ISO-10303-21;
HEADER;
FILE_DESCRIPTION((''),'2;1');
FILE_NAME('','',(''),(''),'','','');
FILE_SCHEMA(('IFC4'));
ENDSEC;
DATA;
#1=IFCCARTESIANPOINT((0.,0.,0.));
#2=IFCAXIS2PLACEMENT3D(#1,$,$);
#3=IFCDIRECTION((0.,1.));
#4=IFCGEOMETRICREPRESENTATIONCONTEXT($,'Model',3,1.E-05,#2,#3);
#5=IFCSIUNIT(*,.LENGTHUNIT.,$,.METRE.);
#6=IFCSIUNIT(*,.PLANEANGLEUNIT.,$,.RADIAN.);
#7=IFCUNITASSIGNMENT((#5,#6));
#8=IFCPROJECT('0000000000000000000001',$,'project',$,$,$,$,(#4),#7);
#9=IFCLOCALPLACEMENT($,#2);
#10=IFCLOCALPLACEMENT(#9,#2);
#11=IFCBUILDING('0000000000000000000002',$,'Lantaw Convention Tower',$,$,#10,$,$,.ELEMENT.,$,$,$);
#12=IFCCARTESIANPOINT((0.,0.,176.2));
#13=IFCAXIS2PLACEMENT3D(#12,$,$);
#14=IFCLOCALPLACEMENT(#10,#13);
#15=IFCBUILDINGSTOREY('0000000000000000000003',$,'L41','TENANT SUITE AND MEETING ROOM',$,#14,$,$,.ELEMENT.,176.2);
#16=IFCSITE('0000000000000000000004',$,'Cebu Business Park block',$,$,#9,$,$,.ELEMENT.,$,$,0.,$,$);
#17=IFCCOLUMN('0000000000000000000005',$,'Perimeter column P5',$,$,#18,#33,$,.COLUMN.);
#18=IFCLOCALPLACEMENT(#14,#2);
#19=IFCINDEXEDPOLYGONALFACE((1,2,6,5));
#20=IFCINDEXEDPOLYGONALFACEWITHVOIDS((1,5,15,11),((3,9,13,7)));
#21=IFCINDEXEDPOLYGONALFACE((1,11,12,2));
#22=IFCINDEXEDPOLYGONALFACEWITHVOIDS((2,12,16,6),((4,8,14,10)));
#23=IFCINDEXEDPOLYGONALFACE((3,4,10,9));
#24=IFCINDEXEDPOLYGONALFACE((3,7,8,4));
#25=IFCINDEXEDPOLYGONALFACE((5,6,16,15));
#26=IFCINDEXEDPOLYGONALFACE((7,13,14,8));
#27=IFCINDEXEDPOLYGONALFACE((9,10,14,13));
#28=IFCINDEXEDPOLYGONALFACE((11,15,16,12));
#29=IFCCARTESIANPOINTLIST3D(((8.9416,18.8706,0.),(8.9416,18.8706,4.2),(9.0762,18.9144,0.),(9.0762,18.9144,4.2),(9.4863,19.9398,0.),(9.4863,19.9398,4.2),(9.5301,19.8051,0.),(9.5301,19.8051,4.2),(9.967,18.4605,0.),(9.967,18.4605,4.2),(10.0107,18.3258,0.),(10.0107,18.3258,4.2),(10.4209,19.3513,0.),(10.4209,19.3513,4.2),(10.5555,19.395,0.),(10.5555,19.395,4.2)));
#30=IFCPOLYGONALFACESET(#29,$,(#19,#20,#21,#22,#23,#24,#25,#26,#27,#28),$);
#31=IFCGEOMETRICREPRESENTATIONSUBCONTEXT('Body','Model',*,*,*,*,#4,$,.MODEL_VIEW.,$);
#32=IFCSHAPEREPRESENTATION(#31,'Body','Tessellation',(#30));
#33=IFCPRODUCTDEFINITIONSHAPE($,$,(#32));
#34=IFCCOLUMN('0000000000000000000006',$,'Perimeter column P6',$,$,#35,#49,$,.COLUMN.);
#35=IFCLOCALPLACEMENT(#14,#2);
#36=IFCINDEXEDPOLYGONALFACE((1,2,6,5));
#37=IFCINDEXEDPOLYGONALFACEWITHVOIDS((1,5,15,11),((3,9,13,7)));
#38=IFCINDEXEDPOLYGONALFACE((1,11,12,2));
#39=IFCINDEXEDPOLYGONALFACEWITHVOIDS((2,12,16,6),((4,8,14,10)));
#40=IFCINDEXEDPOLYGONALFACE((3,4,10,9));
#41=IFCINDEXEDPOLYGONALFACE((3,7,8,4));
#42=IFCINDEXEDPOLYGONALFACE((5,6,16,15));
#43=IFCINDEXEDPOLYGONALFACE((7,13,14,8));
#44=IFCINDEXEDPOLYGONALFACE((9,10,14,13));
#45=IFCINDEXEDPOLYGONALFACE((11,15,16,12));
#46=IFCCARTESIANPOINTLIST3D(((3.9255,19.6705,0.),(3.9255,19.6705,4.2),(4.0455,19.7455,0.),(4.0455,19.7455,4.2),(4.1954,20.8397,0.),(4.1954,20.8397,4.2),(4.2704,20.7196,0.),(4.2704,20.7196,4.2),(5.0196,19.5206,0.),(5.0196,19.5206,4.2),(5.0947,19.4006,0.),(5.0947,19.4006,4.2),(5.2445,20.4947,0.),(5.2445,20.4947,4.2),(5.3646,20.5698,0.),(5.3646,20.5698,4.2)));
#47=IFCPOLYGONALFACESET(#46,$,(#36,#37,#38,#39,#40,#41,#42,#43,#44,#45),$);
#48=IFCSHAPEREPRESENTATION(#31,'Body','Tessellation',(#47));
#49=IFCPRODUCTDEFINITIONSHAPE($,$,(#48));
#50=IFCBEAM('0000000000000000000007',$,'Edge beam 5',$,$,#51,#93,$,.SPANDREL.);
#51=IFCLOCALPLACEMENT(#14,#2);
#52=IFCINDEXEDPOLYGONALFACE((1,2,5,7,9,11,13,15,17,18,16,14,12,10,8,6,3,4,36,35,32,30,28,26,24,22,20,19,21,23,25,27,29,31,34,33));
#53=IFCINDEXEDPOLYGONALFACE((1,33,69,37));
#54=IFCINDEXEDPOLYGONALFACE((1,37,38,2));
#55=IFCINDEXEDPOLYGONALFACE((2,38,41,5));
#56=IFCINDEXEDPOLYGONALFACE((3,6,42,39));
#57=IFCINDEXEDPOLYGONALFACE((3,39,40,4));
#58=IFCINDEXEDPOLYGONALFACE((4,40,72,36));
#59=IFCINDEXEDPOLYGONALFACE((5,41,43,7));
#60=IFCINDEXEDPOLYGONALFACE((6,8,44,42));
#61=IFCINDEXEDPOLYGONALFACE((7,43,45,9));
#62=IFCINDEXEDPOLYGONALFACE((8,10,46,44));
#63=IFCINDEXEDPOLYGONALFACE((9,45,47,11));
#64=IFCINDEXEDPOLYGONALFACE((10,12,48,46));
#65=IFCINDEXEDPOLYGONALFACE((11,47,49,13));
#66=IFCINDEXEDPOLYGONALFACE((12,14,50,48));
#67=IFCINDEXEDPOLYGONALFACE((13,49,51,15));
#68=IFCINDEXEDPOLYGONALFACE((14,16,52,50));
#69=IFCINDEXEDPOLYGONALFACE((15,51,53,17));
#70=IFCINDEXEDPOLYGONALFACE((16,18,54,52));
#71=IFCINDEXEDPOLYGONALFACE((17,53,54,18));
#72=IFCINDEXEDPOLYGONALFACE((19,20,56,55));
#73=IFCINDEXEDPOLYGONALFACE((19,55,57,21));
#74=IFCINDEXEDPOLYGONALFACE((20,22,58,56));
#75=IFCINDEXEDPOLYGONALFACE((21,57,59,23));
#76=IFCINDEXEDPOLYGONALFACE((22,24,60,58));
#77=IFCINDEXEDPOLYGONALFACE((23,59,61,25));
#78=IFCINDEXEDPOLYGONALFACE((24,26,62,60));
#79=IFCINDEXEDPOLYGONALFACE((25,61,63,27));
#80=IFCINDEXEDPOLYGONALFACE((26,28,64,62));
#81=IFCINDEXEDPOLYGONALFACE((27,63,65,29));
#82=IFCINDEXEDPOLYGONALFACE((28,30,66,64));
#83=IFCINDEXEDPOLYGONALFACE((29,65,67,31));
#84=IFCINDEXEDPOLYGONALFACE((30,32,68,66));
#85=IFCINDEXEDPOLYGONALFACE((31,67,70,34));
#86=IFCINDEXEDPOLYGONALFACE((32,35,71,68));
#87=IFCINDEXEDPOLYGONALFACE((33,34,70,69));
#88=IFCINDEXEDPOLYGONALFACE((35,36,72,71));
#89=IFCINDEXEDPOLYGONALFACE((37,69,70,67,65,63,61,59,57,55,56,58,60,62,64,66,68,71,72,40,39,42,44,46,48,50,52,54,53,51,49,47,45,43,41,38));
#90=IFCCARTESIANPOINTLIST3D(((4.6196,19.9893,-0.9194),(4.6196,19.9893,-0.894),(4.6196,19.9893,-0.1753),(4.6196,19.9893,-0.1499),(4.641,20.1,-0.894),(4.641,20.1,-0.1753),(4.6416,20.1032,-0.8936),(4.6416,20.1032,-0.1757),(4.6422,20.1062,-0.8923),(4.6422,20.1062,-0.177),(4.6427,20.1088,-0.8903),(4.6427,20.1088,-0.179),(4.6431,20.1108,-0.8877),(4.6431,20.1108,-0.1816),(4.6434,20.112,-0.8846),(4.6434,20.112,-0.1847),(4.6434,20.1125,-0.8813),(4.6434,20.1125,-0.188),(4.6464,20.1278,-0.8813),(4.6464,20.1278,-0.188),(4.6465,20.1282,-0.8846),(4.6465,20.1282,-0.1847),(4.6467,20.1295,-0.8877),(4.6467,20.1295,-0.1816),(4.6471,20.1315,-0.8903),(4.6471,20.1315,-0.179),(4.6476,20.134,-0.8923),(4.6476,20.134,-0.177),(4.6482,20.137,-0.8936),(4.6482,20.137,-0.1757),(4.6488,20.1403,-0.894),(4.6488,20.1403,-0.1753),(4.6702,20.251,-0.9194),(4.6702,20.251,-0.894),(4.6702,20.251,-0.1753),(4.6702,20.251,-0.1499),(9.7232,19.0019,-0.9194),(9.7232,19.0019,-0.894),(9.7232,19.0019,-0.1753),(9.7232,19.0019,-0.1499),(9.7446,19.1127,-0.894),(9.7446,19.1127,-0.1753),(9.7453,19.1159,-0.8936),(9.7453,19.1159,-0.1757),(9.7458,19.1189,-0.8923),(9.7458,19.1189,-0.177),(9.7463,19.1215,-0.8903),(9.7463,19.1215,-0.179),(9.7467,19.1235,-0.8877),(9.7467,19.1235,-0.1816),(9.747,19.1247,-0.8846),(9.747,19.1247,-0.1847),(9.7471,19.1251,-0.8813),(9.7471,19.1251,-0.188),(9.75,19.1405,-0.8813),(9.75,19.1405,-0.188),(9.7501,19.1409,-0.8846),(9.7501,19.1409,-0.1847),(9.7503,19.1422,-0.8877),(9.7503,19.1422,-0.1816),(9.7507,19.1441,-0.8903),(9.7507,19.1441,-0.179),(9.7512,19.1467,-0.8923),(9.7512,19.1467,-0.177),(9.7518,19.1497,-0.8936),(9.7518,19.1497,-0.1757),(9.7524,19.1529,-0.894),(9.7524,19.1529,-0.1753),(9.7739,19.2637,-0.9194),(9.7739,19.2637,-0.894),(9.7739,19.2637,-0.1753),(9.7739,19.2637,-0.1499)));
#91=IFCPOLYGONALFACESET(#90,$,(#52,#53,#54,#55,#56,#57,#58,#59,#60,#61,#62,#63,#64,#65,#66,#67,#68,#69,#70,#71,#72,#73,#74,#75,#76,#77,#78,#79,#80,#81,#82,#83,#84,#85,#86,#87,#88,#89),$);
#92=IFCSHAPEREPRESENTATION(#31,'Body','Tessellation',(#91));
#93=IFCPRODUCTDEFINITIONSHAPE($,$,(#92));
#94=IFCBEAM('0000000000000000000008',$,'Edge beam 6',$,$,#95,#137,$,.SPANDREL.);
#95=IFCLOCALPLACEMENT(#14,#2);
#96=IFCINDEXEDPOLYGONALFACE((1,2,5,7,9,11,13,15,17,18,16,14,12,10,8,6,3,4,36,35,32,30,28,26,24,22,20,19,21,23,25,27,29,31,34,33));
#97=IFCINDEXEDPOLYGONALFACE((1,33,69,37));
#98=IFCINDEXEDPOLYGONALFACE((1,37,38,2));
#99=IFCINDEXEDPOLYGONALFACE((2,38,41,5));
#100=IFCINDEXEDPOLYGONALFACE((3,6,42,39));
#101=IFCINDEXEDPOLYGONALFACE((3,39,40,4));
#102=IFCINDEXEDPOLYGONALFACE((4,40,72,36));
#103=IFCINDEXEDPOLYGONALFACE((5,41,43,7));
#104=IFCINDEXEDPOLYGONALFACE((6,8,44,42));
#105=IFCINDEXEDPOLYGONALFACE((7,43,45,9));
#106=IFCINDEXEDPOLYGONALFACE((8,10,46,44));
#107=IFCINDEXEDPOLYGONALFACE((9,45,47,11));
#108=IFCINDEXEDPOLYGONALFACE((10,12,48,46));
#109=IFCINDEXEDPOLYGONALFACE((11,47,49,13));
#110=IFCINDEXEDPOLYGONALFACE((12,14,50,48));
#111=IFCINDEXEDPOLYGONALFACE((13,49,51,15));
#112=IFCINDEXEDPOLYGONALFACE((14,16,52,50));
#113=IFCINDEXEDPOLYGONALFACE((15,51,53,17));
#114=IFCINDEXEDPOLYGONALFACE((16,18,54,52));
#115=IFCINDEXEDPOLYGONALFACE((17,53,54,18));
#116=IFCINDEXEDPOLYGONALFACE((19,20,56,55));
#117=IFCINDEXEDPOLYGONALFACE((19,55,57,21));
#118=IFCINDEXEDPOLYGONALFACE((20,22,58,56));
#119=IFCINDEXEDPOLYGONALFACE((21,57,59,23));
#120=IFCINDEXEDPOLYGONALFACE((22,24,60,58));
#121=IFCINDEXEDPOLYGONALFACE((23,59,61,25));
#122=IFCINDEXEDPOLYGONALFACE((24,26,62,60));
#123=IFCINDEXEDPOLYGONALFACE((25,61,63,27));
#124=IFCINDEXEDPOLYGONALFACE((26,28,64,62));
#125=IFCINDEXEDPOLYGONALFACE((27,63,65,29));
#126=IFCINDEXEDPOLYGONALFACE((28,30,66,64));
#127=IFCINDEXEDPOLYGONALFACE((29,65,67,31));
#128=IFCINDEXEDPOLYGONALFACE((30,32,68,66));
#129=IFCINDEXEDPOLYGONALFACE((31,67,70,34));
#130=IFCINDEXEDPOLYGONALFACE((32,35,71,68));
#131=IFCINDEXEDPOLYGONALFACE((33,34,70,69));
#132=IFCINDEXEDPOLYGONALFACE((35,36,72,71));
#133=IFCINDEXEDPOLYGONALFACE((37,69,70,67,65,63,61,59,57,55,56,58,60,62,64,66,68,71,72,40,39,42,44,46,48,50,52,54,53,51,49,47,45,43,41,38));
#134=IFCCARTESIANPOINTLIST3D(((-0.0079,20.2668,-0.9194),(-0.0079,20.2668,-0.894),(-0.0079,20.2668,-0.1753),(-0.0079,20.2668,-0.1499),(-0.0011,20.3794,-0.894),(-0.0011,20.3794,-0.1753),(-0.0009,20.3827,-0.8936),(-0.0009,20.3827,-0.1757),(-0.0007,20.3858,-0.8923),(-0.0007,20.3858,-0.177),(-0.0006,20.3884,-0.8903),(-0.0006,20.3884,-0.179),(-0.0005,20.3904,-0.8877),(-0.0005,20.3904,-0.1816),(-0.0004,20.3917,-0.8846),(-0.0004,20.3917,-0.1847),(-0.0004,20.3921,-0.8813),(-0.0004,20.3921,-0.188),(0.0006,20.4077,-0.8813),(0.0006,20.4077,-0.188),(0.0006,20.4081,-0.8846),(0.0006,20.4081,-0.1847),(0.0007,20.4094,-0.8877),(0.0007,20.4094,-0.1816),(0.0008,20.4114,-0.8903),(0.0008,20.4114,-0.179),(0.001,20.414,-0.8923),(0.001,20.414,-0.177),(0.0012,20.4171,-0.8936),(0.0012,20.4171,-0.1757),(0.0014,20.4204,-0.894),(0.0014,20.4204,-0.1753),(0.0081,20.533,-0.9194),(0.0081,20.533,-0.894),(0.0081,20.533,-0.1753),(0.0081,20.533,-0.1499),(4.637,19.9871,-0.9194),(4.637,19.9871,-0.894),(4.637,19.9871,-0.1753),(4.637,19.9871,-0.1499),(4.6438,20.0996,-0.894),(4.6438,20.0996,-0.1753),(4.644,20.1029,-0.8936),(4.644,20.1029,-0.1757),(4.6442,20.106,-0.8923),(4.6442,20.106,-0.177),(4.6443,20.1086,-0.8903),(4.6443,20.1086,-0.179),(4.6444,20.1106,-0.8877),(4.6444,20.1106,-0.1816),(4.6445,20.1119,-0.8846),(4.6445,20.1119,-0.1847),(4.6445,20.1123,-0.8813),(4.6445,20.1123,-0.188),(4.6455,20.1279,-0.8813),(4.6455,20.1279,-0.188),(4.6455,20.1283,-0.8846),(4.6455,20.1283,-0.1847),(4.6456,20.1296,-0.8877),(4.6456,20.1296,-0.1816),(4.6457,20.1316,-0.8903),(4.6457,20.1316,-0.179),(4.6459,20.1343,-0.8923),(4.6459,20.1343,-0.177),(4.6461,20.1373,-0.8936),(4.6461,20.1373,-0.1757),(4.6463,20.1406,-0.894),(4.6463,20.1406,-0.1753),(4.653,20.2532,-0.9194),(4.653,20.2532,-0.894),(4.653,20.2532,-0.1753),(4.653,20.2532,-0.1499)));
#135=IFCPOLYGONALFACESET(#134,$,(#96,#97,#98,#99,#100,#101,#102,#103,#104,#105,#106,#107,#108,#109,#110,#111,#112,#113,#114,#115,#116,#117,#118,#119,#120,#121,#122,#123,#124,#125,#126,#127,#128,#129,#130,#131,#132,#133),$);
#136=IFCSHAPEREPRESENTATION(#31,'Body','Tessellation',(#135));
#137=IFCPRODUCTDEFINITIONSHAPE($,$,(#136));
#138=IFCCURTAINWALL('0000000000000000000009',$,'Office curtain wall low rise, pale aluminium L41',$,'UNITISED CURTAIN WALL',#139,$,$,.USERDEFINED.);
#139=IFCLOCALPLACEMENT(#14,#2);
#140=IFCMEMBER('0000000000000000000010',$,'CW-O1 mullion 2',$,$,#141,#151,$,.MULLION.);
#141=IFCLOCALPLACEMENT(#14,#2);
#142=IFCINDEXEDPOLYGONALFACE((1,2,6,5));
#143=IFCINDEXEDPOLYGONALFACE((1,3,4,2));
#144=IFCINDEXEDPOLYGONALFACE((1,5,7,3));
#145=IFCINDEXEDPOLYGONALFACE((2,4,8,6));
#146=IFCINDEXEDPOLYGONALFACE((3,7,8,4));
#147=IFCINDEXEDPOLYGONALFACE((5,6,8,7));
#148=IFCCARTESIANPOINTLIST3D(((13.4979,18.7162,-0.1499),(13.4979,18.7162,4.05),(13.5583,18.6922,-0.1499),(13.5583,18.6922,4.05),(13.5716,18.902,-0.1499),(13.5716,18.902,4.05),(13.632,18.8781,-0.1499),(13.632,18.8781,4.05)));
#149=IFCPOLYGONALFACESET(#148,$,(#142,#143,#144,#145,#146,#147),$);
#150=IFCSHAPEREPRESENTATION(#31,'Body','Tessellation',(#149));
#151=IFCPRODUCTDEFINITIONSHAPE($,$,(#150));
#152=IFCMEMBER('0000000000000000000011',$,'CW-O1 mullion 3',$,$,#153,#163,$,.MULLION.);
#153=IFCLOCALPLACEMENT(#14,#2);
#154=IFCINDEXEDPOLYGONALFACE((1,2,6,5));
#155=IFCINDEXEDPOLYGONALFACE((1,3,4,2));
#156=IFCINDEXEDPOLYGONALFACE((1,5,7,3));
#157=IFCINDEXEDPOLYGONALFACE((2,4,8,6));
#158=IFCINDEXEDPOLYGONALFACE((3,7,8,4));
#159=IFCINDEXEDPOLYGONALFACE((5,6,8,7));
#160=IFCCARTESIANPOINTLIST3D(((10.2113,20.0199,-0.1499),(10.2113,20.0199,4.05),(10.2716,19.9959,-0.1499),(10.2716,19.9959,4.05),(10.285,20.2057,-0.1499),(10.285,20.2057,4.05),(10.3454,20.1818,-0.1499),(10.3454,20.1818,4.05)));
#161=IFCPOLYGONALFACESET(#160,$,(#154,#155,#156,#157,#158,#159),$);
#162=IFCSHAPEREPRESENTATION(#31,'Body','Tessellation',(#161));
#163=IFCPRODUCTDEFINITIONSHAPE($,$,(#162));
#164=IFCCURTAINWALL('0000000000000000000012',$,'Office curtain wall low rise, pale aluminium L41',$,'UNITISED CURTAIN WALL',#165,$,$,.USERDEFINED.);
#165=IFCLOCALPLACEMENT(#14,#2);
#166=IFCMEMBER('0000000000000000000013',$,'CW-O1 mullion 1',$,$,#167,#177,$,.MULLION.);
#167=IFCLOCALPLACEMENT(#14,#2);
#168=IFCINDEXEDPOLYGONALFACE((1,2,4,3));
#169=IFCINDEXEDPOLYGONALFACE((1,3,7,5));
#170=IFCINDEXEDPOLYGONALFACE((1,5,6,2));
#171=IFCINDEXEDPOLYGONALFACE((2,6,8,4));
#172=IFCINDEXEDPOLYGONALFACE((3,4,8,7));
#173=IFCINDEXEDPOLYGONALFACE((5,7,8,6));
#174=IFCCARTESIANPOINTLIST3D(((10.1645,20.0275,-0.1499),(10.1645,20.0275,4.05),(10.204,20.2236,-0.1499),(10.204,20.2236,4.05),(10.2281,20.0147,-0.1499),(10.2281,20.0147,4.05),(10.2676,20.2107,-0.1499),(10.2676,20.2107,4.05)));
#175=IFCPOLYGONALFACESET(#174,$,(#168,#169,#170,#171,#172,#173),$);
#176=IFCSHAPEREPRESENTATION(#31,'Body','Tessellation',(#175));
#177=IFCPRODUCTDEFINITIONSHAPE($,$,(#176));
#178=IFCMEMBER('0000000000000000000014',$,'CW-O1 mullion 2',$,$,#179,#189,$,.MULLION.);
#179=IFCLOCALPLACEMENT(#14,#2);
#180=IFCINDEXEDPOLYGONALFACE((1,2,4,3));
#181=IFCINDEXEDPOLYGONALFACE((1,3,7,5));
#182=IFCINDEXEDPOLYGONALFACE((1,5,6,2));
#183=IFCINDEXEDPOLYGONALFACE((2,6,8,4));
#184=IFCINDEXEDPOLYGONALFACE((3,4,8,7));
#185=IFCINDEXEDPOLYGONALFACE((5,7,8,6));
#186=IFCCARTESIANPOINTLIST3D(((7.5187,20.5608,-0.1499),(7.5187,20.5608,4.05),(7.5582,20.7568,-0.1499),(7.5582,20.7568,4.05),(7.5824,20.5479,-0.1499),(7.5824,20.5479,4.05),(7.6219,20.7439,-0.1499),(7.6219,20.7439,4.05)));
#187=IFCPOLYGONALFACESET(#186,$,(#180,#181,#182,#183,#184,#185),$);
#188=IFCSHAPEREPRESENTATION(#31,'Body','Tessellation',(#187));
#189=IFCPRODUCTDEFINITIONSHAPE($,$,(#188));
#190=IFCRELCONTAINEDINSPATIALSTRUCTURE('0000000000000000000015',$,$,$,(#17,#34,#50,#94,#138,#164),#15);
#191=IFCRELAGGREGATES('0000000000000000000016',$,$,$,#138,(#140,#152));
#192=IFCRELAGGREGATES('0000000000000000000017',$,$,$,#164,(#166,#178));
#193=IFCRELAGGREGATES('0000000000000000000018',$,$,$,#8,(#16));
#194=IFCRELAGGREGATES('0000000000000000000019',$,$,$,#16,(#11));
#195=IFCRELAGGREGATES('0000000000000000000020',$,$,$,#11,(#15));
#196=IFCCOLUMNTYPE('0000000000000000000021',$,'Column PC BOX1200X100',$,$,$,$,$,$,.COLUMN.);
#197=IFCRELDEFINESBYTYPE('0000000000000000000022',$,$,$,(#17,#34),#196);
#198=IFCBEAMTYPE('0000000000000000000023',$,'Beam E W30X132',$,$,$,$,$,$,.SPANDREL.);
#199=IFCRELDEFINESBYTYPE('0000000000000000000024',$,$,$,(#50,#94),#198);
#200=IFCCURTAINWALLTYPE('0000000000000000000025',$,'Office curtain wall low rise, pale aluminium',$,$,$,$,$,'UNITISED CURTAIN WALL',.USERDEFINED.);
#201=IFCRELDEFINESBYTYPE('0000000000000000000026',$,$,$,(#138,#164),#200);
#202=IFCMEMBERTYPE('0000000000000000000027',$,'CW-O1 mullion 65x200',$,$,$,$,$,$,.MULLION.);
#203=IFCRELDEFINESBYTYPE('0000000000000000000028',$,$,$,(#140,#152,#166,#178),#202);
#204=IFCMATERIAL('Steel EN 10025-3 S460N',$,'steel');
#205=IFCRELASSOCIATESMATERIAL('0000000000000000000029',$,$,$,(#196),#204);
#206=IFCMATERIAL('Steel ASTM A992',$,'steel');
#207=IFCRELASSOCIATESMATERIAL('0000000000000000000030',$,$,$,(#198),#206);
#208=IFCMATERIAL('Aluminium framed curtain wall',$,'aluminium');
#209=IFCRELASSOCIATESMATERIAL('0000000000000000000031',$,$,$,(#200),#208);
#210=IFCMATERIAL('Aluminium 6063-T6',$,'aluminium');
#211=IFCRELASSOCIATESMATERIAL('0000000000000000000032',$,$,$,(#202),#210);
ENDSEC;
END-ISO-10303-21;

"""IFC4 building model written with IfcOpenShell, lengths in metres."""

from ifc_helpers import new_model, si_unit, direction, frame, origin, origin_2d, place, context, subcontext, project, spatial, rectangle, hollow_rectangle, i_section, extrude, material, material_profile, profile_set, type_object, element, aggregate, save


model = new_model("IFC4")

# Units and contexts
model_context = context("Model", 3, precision=1e-05, world=origin(), true_north=direction((0.0, 1.0)))
body_context = subcontext(model_context, "Body", "Model", "MODEL_VIEW")
ifc_project = project(units=[si_unit("LENGTHUNIT", "METRE"), si_unit("PLANEANGLEUNIT", "RADIAN")], contexts=[model_context])

# Site, building, storey
site_placement = place(None, origin())
site = spatial("IfcSite", under=ifc_project, at=site_placement, Name="Cebu Business Park block", CompositionType="ELEMENT", RefElevation=0.0)
building_placement = place(site_placement, origin())
building = spatial("IfcBuilding", under=site, at=building_placement, Name="Lantaw Convention Tower", CompositionType="ELEMENT")
storey_placement = place(building_placement, frame((0.0, 0.0, 176.2)))
storey = spatial("IfcBuildingStorey", under=building, at=storey_placement, Name="L41", Description="TENANT SUITE AND MEETING ROOM", CompositionType="ELEMENT", Elevation=176.2)

# Columns
ifc_material_1 = material(Name="Steel EN 10025-3 S460N", Category="steel")
ifc_material_profile_1 = material_profile(ifc_material_1, hollow_rectangle(XDim=1.2, YDim=1.2, WallThickness=0.1001, at=origin_2d()), Name="BOX1200X100")
ifc_material_2 = material(Name="Concrete C60/75", Category="concrete")
ifc_material_profile_2 = material_profile(ifc_material_2, rectangle(XDim=1.0, YDim=1.0, at=origin_2d()), Name="Concrete fill of BOX1200X100")
ifc_profile_set_1 = profile_set([ifc_material_profile_1, ifc_material_profile_2], Name="Steel EN 10025-3 S460N")
column_type = type_object("IfcColumnType", Name="Column PC BOX1200X100", PredefinedType="COLUMN", material=ifc_profile_set_1)
for number, where, z_axis, x_axis, name in (
    (1, (9.7485, 19.1328, 0.0), (0.0, 0.0, 1.0), (0.45399, 0.891007, 0.0), "Perimeter column P5"),
    (2, (4.645, 20.1201, 0.0), (0.0, 0.0, 1.0), (0.224951, 0.97437, 0.0), "Perimeter column P6"),
):
    element("IfcColumn", number, at=place(storey_placement, frame(where, z_axis=z_axis, x_axis=x_axis)), inside=storey, type_object=column_type, Name=name, PredefinedType="COLUMN", context=body_context, shape_type="SweptSolid", body=[
        extrude(hollow_rectangle(XDim=1.2, YDim=1.2, WallThickness=0.1001, at=origin_2d()), origin(), (0.0, 0.0, 1.0), 4.2),
    ])

# Beams
ifc_material_3 = material(Name="Steel ASTM A992", Category="steel")
ifc_material_profile_3 = material_profile(ifc_material_3, i_section(OverallWidth=0.2666, OverallDepth=0.7695, WebThickness=0.0156, FlangeThickness=0.0254, FilletRadius=0.0127, at=origin_2d()), Name="W30X132")
ifc_profile_set_2 = profile_set([ifc_material_profile_3], Name="Steel ASTM A992")
beam_type = type_object("IfcBeamType", Name="Beam E W30X132", PredefinedType="SPANDREL", material=ifc_profile_set_2)
beam_1_placement = place(storey_placement, frame((9.7485, 19.1328, -0.5347), z_axis=(-0.981797, 0.189934, 0.0), x_axis=(-0.189934, -0.981797, 0.0)))
element("IfcBeam", 3, at=beam_1_placement, inside=storey, type_object=beam_type, Name="Edge beam 5", PredefinedType="SPANDREL", context=body_context, shape_type="SweptSolid", body=[
    extrude(i_section(OverallWidth=0.2666, OverallDepth=0.7695, WebThickness=0.0156, FlangeThickness=0.0254, FilletRadius=0.0127, at=origin_2d()), origin(), (0.0, 0.0, 1.0), 5.1982),
])
beam_2_placement = place(storey_placement, frame((4.645, 20.1201, -0.5347), z_axis=(-0.998191, 0.060124, 0.0), x_axis=(-0.060124, -0.998191, 0.0)))
element("IfcBeam", 4, at=beam_2_placement, inside=storey, type_object=beam_type, Name="Edge beam 6", PredefinedType="SPANDREL", context=body_context, shape_type="SweptSolid", body=[
    extrude(i_section(OverallWidth=0.2666, OverallDepth=0.7695, WebThickness=0.0156, FlangeThickness=0.0254, FilletRadius=0.0127, at=origin_2d()), origin(), (0.0, 0.0, 1.0), 4.6533),
])

# Curtain walls, members
ifc_material_4 = material(Name="Aluminium framed curtain wall", Category="aluminium")
curtain_wall_type = type_object("IfcCurtainWallType", Name="Office curtain wall low rise, pale aluminium", ElementType="UNITISED CURTAIN WALL", PredefinedType="USERDEFINED", material=ifc_material_4)
curtain_wall_1_placement = place(storey_placement, origin())
curtain_wall_1 = element("IfcCurtainWall", 5, at=curtain_wall_1_placement, inside=storey, type_object=curtain_wall_type, Name="Office curtain wall low rise, pale aluminium L41", ObjectType="UNITISED CURTAIN WALL", PredefinedType="USERDEFINED")
ifc_material_5 = material(Name="Aluminium 6063-T6", Category="aluminium")
ifc_material_profile_4 = material_profile(ifc_material_5, rectangle(XDim=0.2, YDim=0.0649, at=origin_2d()), Name="CW-O1 mullion 65x200")
ifc_profile_set_3 = profile_set([ifc_material_profile_4], Name="Aluminium 6063-T6")
member_type_1 = type_object("IfcMemberType", Name="CW-O1 mullion 65x200", PredefinedType="MULLION", material=ifc_profile_set_3)
member_1_placement = place(storey_placement, frame((13.5649, 18.7971, -0.1499), z_axis=(0.0, 0.0, 1.0), x_axis=(-0.368702, -0.929548, 0.0)))
member_1 = element("IfcMember", 6, at=member_1_placement, type_object=member_type_1, Name="CW-O1 mullion 2", PredefinedType="MULLION", context=body_context, shape_type="SweptSolid", body=[
    extrude(rectangle(XDim=0.2, YDim=0.0649, at=origin_2d()), origin(), (0.0, 0.0, 1.0), 4.2),
])
member_2_placement = place(storey_placement, frame((10.2783, 20.1008, -0.1499), z_axis=(0.0, 0.0, 1.0), x_axis=(-0.368702, -0.929548, 0.0)))
member_2 = element("IfcMember", 7, at=member_2_placement, type_object=member_type_1, Name="CW-O1 mullion 3", PredefinedType="MULLION", context=body_context, shape_type="SweptSolid", body=[
    extrude(rectangle(XDim=0.2, YDim=0.0649, at=origin_2d()), origin(), (0.0, 0.0, 1.0), 4.2),
])
curtain_wall_2_placement = place(storey_placement, origin())
curtain_wall_2 = element("IfcCurtainWall", 8, at=curtain_wall_2_placement, inside=storey, type_object=curtain_wall_type, Name="Office curtain wall low rise, pale aluminium L41", ObjectType="UNITISED CURTAIN WALL", PredefinedType="USERDEFINED")
member_3_placement = place(storey_placement, frame((10.2161, 20.1191, -0.1499), z_axis=(0.0, 0.0, 1.0), x_axis=(-0.197507, -0.980302, 0.0)))
member_3 = element("IfcMember", 9, at=member_3_placement, type_object=member_type_1, Name="CW-O1 mullion 1", PredefinedType="MULLION", context=body_context, shape_type="SweptSolid", body=[
    extrude(rectangle(XDim=0.2, YDim=0.0649, at=origin_2d()), origin(), (0.0, 0.0, 1.0), 4.2),
])
member_4_placement = place(storey_placement, frame((7.5703, 20.6523, -0.1499), z_axis=(0.0, 0.0, 1.0), x_axis=(-0.197507, -0.980302, 0.0)))
member_4 = element("IfcMember", 10, at=member_4_placement, type_object=member_type_1, Name="CW-O1 mullion 2", PredefinedType="MULLION", context=body_context, shape_type="SweptSolid", body=[
    extrude(rectangle(XDim=0.2, YDim=0.0649, at=origin_2d()), origin(), (0.0, 0.0, 1.0), 4.2),
])

aggregate(curtain_wall_1, [member_1, member_2])
aggregate(curtain_wall_2, [member_3, member_4])

save(model, "model.ifc")
